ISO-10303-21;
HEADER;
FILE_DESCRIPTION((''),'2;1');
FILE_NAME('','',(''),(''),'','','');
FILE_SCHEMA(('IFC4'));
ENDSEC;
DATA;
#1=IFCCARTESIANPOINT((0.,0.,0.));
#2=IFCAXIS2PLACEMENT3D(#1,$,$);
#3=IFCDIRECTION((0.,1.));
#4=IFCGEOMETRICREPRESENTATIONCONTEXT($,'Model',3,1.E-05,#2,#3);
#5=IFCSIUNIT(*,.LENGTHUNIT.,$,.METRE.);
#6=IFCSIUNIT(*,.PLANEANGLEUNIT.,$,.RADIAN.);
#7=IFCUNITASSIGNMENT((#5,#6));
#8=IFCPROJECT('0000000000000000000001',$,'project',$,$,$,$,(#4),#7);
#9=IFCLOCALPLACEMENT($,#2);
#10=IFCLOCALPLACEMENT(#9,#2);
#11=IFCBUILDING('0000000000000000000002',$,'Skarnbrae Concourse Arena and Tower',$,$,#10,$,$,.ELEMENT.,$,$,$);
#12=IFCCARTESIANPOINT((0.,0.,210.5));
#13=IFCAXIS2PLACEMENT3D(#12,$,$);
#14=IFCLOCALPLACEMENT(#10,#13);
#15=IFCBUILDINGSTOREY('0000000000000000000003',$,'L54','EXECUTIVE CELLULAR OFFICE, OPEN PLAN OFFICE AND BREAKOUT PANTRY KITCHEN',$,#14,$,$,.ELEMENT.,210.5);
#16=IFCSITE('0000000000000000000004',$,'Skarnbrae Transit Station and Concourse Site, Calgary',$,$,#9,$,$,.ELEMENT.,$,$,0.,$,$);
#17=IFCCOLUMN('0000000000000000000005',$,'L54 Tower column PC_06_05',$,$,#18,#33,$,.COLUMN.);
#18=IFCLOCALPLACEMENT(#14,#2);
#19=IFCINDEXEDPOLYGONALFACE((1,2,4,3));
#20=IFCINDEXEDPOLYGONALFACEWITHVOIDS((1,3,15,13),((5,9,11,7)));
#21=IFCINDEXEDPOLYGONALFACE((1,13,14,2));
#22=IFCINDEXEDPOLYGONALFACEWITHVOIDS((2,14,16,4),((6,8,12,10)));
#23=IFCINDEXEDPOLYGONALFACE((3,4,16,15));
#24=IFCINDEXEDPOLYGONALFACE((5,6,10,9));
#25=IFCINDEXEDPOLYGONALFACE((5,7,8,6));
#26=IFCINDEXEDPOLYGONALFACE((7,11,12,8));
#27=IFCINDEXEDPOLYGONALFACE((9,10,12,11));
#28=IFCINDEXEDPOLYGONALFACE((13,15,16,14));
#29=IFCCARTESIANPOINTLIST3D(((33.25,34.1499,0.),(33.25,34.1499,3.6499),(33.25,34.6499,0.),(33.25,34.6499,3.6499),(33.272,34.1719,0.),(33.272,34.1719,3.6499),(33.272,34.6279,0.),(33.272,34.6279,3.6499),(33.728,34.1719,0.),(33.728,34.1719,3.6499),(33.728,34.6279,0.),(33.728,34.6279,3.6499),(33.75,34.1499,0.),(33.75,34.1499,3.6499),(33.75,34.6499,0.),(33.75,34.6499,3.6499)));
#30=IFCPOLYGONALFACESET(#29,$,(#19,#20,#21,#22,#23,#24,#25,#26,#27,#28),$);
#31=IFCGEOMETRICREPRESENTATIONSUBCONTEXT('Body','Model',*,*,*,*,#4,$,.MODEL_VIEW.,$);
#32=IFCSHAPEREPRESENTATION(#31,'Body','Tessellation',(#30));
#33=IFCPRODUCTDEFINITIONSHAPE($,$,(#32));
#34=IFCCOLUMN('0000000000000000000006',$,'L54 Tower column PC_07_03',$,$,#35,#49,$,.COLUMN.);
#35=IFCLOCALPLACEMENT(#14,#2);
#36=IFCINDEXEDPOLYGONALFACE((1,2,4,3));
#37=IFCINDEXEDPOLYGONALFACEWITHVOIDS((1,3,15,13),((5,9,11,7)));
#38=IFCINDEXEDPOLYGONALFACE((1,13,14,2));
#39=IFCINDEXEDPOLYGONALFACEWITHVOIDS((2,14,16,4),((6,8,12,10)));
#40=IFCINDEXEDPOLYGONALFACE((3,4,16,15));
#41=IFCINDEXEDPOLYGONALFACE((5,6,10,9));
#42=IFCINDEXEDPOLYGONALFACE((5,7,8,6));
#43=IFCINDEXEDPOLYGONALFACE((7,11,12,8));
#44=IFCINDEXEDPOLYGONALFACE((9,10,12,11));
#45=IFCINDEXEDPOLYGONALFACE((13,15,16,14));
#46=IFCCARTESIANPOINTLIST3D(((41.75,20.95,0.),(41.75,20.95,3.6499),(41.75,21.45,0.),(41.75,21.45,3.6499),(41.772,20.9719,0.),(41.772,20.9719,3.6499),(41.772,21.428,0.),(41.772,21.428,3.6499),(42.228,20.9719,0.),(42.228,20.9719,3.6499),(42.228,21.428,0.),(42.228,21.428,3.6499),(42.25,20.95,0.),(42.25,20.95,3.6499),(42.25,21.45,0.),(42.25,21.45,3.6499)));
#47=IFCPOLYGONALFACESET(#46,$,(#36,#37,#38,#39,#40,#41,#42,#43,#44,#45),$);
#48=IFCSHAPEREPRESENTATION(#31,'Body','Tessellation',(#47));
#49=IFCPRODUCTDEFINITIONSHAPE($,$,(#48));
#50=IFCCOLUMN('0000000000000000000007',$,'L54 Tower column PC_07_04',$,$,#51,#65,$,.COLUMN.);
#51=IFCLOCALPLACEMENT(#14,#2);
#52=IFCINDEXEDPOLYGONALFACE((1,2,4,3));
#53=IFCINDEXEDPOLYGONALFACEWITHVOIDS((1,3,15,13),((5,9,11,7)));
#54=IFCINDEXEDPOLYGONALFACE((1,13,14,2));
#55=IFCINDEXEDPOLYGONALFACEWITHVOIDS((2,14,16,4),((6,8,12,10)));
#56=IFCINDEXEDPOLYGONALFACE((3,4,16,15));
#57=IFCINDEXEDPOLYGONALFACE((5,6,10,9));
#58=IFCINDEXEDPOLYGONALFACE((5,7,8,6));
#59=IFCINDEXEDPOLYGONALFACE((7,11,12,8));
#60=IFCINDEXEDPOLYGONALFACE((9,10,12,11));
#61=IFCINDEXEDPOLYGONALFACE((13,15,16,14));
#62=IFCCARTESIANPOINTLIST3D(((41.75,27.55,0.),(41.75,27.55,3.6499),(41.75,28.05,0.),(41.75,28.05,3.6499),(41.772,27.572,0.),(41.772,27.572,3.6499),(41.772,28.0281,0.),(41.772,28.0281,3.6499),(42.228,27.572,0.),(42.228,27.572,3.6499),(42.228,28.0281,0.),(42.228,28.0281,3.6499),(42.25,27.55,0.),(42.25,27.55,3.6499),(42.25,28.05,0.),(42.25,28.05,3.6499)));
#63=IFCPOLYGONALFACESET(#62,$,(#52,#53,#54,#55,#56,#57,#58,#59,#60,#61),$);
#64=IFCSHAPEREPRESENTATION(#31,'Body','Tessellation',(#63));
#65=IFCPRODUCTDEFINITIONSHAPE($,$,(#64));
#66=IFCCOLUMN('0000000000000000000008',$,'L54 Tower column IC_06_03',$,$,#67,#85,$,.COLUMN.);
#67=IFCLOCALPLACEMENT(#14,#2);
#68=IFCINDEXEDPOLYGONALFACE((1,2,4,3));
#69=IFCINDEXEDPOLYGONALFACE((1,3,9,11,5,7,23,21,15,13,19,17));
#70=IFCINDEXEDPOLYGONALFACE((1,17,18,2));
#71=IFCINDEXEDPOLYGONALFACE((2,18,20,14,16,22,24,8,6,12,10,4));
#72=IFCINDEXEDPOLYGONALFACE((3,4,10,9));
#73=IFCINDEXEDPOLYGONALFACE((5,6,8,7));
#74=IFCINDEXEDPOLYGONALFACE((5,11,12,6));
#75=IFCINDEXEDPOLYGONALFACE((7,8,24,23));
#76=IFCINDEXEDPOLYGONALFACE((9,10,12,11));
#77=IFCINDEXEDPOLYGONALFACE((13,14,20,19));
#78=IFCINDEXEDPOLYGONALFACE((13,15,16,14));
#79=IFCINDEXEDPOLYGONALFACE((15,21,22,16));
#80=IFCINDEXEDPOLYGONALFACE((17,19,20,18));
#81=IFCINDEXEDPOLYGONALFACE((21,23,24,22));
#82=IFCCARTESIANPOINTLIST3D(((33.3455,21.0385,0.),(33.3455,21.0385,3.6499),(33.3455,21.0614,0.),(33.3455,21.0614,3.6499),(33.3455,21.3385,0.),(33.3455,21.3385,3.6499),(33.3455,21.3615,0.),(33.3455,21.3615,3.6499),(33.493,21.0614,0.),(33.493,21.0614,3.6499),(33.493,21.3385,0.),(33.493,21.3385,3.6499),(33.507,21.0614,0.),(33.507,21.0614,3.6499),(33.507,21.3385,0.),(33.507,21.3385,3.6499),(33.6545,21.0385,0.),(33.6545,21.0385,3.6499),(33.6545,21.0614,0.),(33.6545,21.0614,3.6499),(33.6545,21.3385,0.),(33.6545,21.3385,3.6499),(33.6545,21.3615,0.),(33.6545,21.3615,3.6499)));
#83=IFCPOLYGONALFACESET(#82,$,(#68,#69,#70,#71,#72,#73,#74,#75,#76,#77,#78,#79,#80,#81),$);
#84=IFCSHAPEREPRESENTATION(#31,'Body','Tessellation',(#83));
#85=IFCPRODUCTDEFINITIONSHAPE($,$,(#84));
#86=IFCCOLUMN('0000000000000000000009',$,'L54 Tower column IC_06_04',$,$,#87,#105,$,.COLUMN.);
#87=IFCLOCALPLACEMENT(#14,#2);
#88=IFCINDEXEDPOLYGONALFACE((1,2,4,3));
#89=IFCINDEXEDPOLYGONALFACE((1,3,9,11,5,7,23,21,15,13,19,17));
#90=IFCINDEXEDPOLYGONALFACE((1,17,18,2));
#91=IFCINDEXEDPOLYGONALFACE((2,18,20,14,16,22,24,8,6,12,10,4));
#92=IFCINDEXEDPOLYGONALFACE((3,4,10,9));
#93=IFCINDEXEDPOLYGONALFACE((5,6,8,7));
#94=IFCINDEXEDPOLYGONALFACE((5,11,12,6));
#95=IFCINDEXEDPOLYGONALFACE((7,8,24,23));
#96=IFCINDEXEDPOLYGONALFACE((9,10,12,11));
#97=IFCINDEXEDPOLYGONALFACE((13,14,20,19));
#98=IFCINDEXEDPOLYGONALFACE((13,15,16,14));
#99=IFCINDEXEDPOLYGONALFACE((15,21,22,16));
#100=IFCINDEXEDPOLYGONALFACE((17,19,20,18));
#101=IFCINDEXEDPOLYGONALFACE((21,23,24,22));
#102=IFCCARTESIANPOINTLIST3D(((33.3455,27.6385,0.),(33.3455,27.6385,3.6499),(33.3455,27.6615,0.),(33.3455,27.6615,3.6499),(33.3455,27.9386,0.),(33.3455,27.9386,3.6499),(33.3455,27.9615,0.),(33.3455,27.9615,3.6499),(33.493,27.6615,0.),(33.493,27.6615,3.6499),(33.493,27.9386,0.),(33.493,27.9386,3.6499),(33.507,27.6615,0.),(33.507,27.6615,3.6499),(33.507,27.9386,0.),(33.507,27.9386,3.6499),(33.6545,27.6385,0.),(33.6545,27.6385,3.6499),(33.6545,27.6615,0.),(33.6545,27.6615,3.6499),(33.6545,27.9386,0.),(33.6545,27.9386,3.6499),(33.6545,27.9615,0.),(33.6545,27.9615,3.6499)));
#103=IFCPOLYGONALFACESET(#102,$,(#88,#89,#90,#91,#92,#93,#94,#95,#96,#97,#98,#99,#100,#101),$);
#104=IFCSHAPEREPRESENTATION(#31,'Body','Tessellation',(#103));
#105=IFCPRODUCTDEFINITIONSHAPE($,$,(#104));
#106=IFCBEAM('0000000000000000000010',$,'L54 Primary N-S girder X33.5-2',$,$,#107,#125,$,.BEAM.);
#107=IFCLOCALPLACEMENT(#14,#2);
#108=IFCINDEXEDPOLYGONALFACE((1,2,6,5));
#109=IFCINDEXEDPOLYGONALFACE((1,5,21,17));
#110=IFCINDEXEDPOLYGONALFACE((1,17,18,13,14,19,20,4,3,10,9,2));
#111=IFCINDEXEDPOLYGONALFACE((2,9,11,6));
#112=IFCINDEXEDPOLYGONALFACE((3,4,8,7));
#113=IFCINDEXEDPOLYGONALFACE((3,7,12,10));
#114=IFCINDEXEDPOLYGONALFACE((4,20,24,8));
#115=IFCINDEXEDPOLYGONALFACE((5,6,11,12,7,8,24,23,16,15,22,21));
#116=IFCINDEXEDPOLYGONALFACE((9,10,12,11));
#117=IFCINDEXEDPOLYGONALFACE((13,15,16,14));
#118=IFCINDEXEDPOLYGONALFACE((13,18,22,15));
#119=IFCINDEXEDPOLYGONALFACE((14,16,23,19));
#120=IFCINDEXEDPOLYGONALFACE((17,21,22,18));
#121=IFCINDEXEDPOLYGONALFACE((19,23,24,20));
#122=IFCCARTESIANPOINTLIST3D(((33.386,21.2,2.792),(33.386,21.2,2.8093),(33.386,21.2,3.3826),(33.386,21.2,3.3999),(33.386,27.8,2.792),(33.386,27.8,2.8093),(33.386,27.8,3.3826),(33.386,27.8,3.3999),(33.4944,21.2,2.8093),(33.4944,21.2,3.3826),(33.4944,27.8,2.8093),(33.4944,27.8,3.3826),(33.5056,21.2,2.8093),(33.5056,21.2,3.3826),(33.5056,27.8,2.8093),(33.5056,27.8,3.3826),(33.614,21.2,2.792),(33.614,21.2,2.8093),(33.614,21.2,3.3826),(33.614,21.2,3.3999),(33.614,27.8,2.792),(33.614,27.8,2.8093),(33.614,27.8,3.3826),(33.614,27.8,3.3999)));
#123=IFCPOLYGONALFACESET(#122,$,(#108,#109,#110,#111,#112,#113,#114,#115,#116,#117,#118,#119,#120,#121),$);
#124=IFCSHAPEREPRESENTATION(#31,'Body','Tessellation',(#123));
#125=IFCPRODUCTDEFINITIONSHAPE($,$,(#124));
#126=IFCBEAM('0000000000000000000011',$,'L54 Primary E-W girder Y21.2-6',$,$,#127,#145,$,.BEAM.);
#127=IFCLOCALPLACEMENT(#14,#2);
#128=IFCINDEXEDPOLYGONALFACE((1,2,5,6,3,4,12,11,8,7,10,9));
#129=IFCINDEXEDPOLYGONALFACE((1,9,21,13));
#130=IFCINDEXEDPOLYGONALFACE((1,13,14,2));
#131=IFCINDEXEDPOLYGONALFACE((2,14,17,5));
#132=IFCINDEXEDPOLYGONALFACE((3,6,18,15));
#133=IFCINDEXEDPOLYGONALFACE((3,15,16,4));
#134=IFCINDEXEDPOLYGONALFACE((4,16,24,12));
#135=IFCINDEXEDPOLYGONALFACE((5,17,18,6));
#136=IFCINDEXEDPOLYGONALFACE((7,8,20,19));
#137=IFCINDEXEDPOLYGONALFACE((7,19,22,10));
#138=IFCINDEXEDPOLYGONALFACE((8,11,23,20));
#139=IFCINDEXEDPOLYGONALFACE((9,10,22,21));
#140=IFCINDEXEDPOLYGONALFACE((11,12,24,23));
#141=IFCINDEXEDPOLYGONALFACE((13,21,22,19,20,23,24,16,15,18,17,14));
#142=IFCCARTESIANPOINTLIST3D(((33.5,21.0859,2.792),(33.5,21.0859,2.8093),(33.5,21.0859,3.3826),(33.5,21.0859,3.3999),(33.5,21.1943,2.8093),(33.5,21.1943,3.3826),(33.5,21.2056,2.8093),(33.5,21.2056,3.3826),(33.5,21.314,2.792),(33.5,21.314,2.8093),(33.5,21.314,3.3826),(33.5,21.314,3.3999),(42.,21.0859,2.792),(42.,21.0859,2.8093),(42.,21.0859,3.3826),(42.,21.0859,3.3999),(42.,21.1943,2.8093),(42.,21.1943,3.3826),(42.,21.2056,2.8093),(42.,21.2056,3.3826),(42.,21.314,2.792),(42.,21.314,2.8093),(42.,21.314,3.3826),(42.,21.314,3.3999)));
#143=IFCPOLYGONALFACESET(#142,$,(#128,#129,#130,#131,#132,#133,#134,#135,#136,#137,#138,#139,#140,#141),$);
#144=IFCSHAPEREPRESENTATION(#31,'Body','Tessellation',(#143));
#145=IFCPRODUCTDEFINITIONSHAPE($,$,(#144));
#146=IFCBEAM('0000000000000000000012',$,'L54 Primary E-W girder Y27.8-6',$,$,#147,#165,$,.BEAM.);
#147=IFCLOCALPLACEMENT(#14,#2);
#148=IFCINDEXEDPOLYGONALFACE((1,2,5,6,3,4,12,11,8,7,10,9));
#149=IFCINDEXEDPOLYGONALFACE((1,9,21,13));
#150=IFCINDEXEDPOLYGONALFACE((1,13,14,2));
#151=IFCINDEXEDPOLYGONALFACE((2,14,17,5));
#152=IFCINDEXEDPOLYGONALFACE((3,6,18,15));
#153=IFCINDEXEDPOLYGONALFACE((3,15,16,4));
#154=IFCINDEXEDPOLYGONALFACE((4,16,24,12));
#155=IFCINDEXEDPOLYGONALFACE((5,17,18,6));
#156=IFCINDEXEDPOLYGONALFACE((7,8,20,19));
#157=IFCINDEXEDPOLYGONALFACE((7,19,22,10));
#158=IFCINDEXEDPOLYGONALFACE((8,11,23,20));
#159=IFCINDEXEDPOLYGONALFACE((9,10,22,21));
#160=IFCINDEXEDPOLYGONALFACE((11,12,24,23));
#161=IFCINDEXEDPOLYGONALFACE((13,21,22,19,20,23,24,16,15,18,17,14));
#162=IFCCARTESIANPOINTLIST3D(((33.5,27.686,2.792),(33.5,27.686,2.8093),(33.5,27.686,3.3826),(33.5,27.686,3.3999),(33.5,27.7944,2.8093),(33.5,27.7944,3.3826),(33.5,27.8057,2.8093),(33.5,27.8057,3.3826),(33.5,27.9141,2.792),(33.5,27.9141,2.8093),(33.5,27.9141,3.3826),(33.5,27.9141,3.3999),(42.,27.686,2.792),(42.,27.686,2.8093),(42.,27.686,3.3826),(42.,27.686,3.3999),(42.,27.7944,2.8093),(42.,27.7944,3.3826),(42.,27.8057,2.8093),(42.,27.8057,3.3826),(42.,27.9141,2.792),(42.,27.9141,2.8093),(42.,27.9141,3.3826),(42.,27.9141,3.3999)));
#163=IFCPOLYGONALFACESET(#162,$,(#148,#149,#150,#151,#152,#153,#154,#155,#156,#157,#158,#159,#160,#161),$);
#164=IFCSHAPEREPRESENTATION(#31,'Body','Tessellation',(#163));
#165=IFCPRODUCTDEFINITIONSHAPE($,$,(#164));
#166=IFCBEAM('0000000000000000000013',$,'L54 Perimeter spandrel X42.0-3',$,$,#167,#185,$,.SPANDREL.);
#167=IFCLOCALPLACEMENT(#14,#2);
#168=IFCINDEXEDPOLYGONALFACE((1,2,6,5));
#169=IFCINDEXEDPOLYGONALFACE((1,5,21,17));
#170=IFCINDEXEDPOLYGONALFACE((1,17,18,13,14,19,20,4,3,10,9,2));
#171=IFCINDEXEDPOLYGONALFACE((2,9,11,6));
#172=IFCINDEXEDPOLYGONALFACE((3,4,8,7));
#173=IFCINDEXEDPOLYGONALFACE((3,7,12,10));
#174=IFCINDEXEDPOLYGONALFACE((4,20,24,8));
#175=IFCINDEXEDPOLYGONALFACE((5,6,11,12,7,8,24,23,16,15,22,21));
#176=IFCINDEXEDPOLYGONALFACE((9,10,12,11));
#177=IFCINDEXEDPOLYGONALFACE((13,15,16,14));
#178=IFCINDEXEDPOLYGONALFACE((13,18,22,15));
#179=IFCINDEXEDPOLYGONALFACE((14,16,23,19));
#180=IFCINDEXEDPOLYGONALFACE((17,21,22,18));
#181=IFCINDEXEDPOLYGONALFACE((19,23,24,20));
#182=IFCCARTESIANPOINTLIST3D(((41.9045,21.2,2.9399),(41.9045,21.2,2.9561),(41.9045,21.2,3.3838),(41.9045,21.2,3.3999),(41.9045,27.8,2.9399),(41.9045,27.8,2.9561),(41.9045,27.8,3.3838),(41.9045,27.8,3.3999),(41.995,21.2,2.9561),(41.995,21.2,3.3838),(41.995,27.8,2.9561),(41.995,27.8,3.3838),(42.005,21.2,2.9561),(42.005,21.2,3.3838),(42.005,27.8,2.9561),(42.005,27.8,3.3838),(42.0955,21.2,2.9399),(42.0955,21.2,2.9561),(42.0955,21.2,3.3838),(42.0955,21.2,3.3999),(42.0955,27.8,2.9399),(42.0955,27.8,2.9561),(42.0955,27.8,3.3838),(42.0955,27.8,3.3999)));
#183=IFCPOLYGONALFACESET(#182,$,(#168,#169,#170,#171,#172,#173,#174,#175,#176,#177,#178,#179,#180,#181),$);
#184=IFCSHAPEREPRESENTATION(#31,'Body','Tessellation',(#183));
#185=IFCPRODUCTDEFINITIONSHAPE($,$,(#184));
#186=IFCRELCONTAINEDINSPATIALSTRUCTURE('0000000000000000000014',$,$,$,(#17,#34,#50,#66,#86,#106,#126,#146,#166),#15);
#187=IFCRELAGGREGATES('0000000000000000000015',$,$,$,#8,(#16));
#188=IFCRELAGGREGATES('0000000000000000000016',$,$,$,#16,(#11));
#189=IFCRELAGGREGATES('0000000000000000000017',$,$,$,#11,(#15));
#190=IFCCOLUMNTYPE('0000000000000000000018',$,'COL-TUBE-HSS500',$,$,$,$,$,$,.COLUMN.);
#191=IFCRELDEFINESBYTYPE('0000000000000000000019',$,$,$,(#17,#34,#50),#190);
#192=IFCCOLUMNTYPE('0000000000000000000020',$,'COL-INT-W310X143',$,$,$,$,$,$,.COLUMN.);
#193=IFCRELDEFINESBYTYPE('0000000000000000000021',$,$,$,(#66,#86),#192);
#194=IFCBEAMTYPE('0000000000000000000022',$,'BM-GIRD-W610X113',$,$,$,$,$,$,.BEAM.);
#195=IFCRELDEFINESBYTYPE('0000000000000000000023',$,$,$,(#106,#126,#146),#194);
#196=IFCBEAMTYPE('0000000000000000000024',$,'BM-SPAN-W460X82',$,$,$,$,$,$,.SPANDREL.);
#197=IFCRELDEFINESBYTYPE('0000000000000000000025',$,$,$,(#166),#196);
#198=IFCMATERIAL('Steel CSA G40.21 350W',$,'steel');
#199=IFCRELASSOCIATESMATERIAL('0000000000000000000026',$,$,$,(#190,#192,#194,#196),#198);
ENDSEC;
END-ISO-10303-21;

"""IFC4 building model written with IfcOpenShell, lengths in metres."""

from ifc_helpers import new_model, si_unit, direction, frame, origin, origin_2d, place, context, subcontext, project, spatial, hollow_rectangle, i_section, extrude, source, transform, mapped, material, material_profile, profile_set, type_object, element, save


model = new_model("IFC4")

# Units and contexts
model_context = context("Model", 3, precision=1e-05, world=origin(), true_north=direction((0.0, 1.0)))
body_context = subcontext(model_context, "Body", "Model", "MODEL_VIEW")
ifc_project = project(units=[si_unit("LENGTHUNIT", "METRE"), si_unit("PLANEANGLEUNIT", "RADIAN")], contexts=[model_context])

# Site, building, storey
site_placement = place(None, origin())
site = spatial("IfcSite", under=ifc_project, at=site_placement, Name="Skarnbrae Transit Station and Concourse Site, Calgary", CompositionType="ELEMENT", RefElevation=0.0)
building_placement = place(site_placement, origin())
building = spatial("IfcBuilding", under=site, at=building_placement, Name="Skarnbrae Concourse Arena and Tower", CompositionType="ELEMENT")
storey_placement = place(building_placement, frame((0.0, 0.0, 210.5)))
storey = spatial("IfcBuildingStorey", under=building, at=storey_placement, Name="L54", Description="EXECUTIVE CELLULAR OFFICE, OPEN PLAN OFFICE AND BREAKOUT PANTRY KITCHEN", CompositionType="ELEMENT", Elevation=210.5)

# Columns
ifc_material_1 = material(Name="Steel CSA G40.21 350W", Category="steel")
ifc_material_profile_1 = material_profile(ifc_material_1, hollow_rectangle(XDim=0.5, YDim=0.5, WallThickness=0.022, at=origin_2d()), Name="HSS500X500X22.0")
ifc_profile_set_1 = profile_set([ifc_material_profile_1], Name="Steel CSA G40.21 350W")
column_type_1 = type_object("IfcColumnType", Name="COL-TUBE-HSS500", PredefinedType="COLUMN", material=ifc_profile_set_1)
shared_shape_1 = source(origin(), body_context, "Body", "SweptSolid", [
    extrude(hollow_rectangle(XDim=0.5, YDim=0.5, WallThickness=0.022, at=origin_2d()), origin(), (0.0, 0.0, 1.0), 3.6499),
])
for number, where, z_axis, x_axis, name in (
    (1, (33.5, 34.3999, 0.0), (0.0, 0.0, 1.0), (1.0, 0.0, 0.0), "L54 Tower column PC_06_05"),
    (2, (42.0, 21.2, 0.0), (0.0, 0.0, 1.0), (1.0, 0.0, 0.0), "L54 Tower column PC_07_03"),
    (3, (42.0, 27.8, 0.0), (0.0, 0.0, 1.0), (1.0, 0.0, 0.0), "L54 Tower column PC_07_04"),
):
    element("IfcColumn", number, at=place(storey_placement, frame(where, z_axis=z_axis, x_axis=x_axis)), inside=storey, type_object=column_type_1, Name=name, PredefinedType="COLUMN", context=body_context, shape_type="MappedRepresentation", body=[
        mapped(shared_shape_1, transform((0.0, 0.0, 0.0))),
    ])
ifc_material_profile_2 = material_profile(ifc_material_1, i_section(OverallWidth=0.3091, OverallDepth=0.323, WebThickness=0.0139, FlangeThickness=0.0229, at=origin_2d()), Name="W310X143")
ifc_profile_set_2 = profile_set([ifc_material_profile_2], Name="Steel CSA G40.21 350W")
column_type_2 = type_object("IfcColumnType", Name="COL-INT-W310X143", PredefinedType="COLUMN", material=ifc_profile_set_2)
shared_shape_2 = source(origin(), body_context, "Body", "SweptSolid", [
    extrude(i_section(OverallWidth=0.3091, OverallDepth=0.323, WebThickness=0.0139, FlangeThickness=0.0229, at=origin_2d()), origin(), (0.0, 0.0, 1.0), 3.6499),
])
for number, where, z_axis, x_axis, name in (
    (4, (33.5, 21.2, 0.0), (0.0, 0.0, 1.0), (1.0, 0.0, 0.0), "L54 Tower column IC_06_03"),
    (5, (33.5, 27.8, 0.0), (0.0, 0.0, 1.0), (1.0, 0.0, 0.0), "L54 Tower column IC_06_04"),
):
    element("IfcColumn", number, at=place(storey_placement, frame(where, z_axis=z_axis, x_axis=x_axis)), inside=storey, type_object=column_type_2, Name=name, PredefinedType="COLUMN", context=body_context, shape_type="MappedRepresentation", body=[
        mapped(shared_shape_2, transform((0.0, 0.0, 0.0))),
    ])

# Beams
ifc_material_profile_3 = material_profile(ifc_material_1, i_section(OverallWidth=0.228, OverallDepth=0.6079, WebThickness=0.0112, FlangeThickness=0.0173, at=origin_2d()), Name="W610X113")
ifc_profile_set_3 = profile_set([ifc_material_profile_3], Name="Steel CSA G40.21 350W")
beam_type_1 = type_object("IfcBeamType", Name="BM-GIRD-W610X113", PredefinedType="BEAM", material=ifc_profile_set_3)
shared_shape_3 = source(origin(), body_context, "Body", "SweptSolid", [
    extrude(i_section(OverallWidth=0.228, OverallDepth=0.6079, WebThickness=0.0112, FlangeThickness=0.0173, at=origin_2d()), origin(), (0.0, 0.0, 1.0), 6.6001),
])
beam_1_placement = place(storey_placement, frame((33.5, 21.2, 3.0959), z_axis=(0.0, 1.0, 0.0), x_axis=(-1.0, 0.0, 0.0)))
element("IfcBeam", 6, at=beam_1_placement, inside=storey, type_object=beam_type_1, Name="L54 Primary N-S girder X33.5-2", PredefinedType="BEAM", context=body_context, shape_type="MappedRepresentation", body=[
    mapped(shared_shape_3, transform((0.0, 0.0, 0.0))),
])
shared_shape_4 = source(origin(), body_context, "Body", "SweptSolid", [
    extrude(i_section(OverallWidth=0.228, OverallDepth=0.6079, WebThickness=0.0112, FlangeThickness=0.0173, at=origin_2d()), origin(), (0.0, 0.0, 1.0), 8.5),
])
for number, where, z_axis, x_axis, name in (
    (7, (33.5, 21.2, 3.0959), (1.0, 0.0, 0.0), (0.0, 1.0, 0.0), "L54 Primary E-W girder Y21.2-6"),
    (8, (33.5, 27.8, 3.0959), (1.0, 0.0, 0.0), (0.0, 1.0, 0.0), "L54 Primary E-W girder Y27.8-6"),
):
    element("IfcBeam", number, at=place(storey_placement, frame(where, z_axis=z_axis, x_axis=x_axis)), inside=storey, type_object=beam_type_1, Name=name, PredefinedType="BEAM", context=body_context, shape_type="MappedRepresentation", body=[
        mapped(shared_shape_4, transform((0.0, 0.0, 0.0))),
    ])
ifc_material_profile_4 = material_profile(ifc_material_1, i_section(OverallWidth=0.1909, OverallDepth=0.46, WebThickness=0.01, FlangeThickness=0.0161, at=origin_2d()), Name="W460X82")
ifc_profile_set_4 = profile_set([ifc_material_profile_4], Name="Steel CSA G40.21 350W")
beam_type_2 = type_object("IfcBeamType", Name="BM-SPAN-W460X82", PredefinedType="SPANDREL", material=ifc_profile_set_4)
shared_shape_5 = source(origin(), body_context, "Body", "SweptSolid", [
    extrude(i_section(OverallWidth=0.1909, OverallDepth=0.46, WebThickness=0.01, FlangeThickness=0.0161, at=origin_2d()), origin(), (0.0, 0.0, 1.0), 6.6001),
])
beam_2_placement = place(storey_placement, frame((42.0, 21.2, 3.1699), z_axis=(0.0, 1.0, 0.0), x_axis=(-1.0, 0.0, 0.0)))
element("IfcBeam", 9, at=beam_2_placement, inside=storey, type_object=beam_type_2, Name="L54 Perimeter spandrel X42.0-3", PredefinedType="SPANDREL", context=body_context, shape_type="MappedRepresentation", body=[
    mapped(shared_shape_5, transform((0.0, 0.0, 0.0))),
])

save(model, "model.ifc")
